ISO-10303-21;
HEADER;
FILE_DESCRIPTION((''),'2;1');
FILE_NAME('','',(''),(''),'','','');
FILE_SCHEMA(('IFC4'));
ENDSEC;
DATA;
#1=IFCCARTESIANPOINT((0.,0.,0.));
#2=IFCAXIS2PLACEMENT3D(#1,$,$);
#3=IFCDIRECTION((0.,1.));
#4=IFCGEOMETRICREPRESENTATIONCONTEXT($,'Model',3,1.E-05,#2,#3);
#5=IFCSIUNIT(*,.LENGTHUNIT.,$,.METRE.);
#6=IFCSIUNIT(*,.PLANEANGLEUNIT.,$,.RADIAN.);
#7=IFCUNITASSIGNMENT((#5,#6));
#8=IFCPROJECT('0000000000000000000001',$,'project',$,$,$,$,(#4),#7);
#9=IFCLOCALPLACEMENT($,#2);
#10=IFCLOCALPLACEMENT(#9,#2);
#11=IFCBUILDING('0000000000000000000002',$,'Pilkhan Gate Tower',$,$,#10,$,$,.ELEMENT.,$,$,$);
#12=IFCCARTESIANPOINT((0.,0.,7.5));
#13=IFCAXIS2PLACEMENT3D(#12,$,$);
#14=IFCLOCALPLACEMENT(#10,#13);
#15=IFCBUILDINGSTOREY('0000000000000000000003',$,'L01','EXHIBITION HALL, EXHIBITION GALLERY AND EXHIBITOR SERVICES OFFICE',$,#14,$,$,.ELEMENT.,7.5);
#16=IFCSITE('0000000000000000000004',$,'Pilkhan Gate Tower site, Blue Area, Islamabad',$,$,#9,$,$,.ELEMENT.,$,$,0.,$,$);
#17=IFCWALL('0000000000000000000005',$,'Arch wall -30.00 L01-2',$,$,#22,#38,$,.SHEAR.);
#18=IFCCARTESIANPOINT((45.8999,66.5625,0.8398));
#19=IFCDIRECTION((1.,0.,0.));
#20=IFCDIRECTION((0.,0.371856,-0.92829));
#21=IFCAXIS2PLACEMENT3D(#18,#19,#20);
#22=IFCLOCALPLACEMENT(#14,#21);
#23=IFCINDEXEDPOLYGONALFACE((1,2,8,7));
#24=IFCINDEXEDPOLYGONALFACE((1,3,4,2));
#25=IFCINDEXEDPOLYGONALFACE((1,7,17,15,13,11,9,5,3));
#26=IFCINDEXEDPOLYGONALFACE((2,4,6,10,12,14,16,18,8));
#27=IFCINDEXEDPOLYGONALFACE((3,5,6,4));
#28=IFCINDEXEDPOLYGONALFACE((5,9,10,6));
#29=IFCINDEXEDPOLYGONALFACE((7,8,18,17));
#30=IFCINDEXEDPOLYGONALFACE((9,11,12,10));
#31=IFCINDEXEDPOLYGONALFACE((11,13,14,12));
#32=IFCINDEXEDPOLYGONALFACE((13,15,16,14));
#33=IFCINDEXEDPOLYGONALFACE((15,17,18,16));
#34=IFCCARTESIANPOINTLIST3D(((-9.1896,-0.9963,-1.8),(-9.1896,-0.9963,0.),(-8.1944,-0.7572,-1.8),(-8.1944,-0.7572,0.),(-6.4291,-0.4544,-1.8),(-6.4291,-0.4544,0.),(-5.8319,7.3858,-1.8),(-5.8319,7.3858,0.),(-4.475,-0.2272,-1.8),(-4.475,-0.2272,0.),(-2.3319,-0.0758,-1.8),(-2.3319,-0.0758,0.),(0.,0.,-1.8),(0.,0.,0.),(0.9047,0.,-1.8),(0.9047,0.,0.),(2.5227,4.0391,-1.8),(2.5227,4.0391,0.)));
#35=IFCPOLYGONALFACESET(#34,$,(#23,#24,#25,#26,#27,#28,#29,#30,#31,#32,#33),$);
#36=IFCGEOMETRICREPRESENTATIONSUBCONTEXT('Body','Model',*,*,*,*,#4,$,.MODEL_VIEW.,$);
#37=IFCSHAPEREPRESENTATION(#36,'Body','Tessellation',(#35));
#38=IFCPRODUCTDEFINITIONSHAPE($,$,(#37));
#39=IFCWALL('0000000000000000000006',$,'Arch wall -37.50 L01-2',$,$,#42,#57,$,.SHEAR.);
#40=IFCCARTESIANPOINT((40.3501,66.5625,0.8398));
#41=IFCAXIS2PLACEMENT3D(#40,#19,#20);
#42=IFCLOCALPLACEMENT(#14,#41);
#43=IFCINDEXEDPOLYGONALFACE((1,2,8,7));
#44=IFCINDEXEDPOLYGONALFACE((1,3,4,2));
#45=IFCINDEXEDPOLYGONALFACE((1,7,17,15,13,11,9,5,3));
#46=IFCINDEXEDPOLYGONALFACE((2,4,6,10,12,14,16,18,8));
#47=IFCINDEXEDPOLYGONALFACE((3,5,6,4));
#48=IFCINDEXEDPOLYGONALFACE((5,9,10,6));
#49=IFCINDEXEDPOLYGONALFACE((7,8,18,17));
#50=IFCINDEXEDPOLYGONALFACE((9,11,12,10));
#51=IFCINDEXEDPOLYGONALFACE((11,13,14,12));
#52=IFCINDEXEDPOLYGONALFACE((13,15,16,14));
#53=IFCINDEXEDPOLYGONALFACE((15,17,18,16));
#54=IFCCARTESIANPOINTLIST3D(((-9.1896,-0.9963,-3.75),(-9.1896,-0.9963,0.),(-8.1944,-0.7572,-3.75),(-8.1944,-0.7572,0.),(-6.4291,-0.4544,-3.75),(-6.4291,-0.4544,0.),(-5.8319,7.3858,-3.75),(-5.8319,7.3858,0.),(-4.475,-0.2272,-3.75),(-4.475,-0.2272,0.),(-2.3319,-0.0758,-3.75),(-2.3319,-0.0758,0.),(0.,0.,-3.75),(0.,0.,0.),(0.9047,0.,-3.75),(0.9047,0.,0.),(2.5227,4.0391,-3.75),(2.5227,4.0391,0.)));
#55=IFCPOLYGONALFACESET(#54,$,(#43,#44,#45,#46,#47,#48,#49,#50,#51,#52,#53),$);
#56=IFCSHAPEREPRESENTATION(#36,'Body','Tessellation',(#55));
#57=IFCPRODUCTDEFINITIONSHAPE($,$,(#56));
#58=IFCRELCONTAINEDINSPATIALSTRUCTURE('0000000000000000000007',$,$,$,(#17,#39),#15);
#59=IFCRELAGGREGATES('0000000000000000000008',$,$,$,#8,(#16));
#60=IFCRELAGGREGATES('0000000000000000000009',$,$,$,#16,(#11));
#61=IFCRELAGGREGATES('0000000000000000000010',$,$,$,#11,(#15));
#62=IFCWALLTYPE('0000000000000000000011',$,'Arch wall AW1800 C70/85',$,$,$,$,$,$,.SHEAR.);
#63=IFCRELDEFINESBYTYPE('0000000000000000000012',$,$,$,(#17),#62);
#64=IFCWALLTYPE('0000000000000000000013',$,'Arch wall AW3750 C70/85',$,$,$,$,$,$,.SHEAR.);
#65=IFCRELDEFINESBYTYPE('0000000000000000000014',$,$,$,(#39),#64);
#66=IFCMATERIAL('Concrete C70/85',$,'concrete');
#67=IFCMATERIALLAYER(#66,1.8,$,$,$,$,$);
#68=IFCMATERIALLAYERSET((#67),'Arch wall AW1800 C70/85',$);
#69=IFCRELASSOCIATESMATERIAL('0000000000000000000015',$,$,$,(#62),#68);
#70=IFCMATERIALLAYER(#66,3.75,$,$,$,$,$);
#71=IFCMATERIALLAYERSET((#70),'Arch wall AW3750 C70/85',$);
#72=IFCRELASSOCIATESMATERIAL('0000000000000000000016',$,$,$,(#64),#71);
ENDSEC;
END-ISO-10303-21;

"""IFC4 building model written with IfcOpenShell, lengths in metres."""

from ifc_helpers import new_model, si_unit, direction, frame, origin, place, context, subcontext, project, spatial, polyline, outline, extrude, material, layer, layer_set, type_object, element, save


model = new_model("IFC4")

# Units and contexts
model_context = context("Model", 3, precision=1e-05, world=origin(), true_north=direction((0.0, 1.0)))
body_context = subcontext(model_context, "Body", "Model", "MODEL_VIEW")
ifc_project = project(units=[si_unit("LENGTHUNIT", "METRE"), si_unit("PLANEANGLEUNIT", "RADIAN")], contexts=[model_context])

# Site, building, storey
site_placement = place(None, origin())
site = spatial("IfcSite", under=ifc_project, at=site_placement, Name="Pilkhan Gate Tower site, Blue Area, Islamabad", CompositionType="ELEMENT", RefElevation=0.0)
building_placement = place(site_placement, origin())
building = spatial("IfcBuilding", under=site, at=building_placement, Name="Pilkhan Gate Tower", CompositionType="ELEMENT")
storey_placement = place(building_placement, frame((0.0, 0.0, 7.5)))
storey = spatial("IfcBuildingStorey", under=building, at=storey_placement, Name="L01", Description="EXHIBITION HALL, EXHIBITION GALLERY AND EXHIBITOR SERVICES OFFICE", CompositionType="ELEMENT", Elevation=7.5)

# Walls
ifc_material_1 = material(Name="Concrete C70/85", Category="concrete")
ifc_layer_1 = layer(ifc_material_1, 1.8)
ifc_layer_set_1 = layer_set([ifc_layer_1], Name="Arch wall AW1800 C70/85")
wall_type_1 = type_object("IfcWallType", Name="Arch wall AW1800 C70/85", PredefinedType="SHEAR", material=ifc_layer_set_1)
wall_1_placement = place(storey_placement, frame((45.8999, 66.5625, 0.8398), z_axis=(1.0, 0.0, 0.0), x_axis=(0.0, 0.371856, -0.92829)))
element("IfcWall", 1, at=wall_1_placement, inside=storey, type_object=wall_type_1, Name="Arch wall -30.00 L01-2", PredefinedType="SHEAR", context=body_context, shape_type="SweptSolid", body=[
    extrude(outline(polyline([(0.0, 0.0), (0.9047, 0.0), (2.5227, 4.0391), (-5.8319, 7.3858), (-9.1896, -0.9963), (-8.1944, -0.7572), (-6.4291, -0.4544), (-4.475, -0.2272), (-2.3319, -0.0758), (0.0, 0.0)])), origin(), (0.0, 0.0, -1.0), 1.8),
])
ifc_layer_2 = layer(ifc_material_1, 3.75)
ifc_layer_set_2 = layer_set([ifc_layer_2], Name="Arch wall AW3750 C70/85")
wall_type_2 = type_object("IfcWallType", Name="Arch wall AW3750 C70/85", PredefinedType="SHEAR", material=ifc_layer_set_2)
wall_2_placement = place(storey_placement, frame((40.3501, 66.5625, 0.8398), z_axis=(1.0, 0.0, 0.0), x_axis=(0.0, 0.371856, -0.92829)))
element("IfcWall", 2, at=wall_2_placement, inside=storey, type_object=wall_type_2, Name="Arch wall -37.50 L01-2", PredefinedType="SHEAR", context=body_context, shape_type="SweptSolid", body=[
    extrude(outline(polyline([(0.0, 0.0), (0.9047, 0.0), (2.5227, 4.0391), (-5.8319, 7.3858), (-9.1896, -0.9963), (-8.1944, -0.7572), (-6.4291, -0.4544), (-4.475, -0.2272), (-2.3319, -0.0758), (0.0, 0.0)])), origin(), (0.0, 0.0, -1.0), 3.75),
])

save(model, "model.ifc")
